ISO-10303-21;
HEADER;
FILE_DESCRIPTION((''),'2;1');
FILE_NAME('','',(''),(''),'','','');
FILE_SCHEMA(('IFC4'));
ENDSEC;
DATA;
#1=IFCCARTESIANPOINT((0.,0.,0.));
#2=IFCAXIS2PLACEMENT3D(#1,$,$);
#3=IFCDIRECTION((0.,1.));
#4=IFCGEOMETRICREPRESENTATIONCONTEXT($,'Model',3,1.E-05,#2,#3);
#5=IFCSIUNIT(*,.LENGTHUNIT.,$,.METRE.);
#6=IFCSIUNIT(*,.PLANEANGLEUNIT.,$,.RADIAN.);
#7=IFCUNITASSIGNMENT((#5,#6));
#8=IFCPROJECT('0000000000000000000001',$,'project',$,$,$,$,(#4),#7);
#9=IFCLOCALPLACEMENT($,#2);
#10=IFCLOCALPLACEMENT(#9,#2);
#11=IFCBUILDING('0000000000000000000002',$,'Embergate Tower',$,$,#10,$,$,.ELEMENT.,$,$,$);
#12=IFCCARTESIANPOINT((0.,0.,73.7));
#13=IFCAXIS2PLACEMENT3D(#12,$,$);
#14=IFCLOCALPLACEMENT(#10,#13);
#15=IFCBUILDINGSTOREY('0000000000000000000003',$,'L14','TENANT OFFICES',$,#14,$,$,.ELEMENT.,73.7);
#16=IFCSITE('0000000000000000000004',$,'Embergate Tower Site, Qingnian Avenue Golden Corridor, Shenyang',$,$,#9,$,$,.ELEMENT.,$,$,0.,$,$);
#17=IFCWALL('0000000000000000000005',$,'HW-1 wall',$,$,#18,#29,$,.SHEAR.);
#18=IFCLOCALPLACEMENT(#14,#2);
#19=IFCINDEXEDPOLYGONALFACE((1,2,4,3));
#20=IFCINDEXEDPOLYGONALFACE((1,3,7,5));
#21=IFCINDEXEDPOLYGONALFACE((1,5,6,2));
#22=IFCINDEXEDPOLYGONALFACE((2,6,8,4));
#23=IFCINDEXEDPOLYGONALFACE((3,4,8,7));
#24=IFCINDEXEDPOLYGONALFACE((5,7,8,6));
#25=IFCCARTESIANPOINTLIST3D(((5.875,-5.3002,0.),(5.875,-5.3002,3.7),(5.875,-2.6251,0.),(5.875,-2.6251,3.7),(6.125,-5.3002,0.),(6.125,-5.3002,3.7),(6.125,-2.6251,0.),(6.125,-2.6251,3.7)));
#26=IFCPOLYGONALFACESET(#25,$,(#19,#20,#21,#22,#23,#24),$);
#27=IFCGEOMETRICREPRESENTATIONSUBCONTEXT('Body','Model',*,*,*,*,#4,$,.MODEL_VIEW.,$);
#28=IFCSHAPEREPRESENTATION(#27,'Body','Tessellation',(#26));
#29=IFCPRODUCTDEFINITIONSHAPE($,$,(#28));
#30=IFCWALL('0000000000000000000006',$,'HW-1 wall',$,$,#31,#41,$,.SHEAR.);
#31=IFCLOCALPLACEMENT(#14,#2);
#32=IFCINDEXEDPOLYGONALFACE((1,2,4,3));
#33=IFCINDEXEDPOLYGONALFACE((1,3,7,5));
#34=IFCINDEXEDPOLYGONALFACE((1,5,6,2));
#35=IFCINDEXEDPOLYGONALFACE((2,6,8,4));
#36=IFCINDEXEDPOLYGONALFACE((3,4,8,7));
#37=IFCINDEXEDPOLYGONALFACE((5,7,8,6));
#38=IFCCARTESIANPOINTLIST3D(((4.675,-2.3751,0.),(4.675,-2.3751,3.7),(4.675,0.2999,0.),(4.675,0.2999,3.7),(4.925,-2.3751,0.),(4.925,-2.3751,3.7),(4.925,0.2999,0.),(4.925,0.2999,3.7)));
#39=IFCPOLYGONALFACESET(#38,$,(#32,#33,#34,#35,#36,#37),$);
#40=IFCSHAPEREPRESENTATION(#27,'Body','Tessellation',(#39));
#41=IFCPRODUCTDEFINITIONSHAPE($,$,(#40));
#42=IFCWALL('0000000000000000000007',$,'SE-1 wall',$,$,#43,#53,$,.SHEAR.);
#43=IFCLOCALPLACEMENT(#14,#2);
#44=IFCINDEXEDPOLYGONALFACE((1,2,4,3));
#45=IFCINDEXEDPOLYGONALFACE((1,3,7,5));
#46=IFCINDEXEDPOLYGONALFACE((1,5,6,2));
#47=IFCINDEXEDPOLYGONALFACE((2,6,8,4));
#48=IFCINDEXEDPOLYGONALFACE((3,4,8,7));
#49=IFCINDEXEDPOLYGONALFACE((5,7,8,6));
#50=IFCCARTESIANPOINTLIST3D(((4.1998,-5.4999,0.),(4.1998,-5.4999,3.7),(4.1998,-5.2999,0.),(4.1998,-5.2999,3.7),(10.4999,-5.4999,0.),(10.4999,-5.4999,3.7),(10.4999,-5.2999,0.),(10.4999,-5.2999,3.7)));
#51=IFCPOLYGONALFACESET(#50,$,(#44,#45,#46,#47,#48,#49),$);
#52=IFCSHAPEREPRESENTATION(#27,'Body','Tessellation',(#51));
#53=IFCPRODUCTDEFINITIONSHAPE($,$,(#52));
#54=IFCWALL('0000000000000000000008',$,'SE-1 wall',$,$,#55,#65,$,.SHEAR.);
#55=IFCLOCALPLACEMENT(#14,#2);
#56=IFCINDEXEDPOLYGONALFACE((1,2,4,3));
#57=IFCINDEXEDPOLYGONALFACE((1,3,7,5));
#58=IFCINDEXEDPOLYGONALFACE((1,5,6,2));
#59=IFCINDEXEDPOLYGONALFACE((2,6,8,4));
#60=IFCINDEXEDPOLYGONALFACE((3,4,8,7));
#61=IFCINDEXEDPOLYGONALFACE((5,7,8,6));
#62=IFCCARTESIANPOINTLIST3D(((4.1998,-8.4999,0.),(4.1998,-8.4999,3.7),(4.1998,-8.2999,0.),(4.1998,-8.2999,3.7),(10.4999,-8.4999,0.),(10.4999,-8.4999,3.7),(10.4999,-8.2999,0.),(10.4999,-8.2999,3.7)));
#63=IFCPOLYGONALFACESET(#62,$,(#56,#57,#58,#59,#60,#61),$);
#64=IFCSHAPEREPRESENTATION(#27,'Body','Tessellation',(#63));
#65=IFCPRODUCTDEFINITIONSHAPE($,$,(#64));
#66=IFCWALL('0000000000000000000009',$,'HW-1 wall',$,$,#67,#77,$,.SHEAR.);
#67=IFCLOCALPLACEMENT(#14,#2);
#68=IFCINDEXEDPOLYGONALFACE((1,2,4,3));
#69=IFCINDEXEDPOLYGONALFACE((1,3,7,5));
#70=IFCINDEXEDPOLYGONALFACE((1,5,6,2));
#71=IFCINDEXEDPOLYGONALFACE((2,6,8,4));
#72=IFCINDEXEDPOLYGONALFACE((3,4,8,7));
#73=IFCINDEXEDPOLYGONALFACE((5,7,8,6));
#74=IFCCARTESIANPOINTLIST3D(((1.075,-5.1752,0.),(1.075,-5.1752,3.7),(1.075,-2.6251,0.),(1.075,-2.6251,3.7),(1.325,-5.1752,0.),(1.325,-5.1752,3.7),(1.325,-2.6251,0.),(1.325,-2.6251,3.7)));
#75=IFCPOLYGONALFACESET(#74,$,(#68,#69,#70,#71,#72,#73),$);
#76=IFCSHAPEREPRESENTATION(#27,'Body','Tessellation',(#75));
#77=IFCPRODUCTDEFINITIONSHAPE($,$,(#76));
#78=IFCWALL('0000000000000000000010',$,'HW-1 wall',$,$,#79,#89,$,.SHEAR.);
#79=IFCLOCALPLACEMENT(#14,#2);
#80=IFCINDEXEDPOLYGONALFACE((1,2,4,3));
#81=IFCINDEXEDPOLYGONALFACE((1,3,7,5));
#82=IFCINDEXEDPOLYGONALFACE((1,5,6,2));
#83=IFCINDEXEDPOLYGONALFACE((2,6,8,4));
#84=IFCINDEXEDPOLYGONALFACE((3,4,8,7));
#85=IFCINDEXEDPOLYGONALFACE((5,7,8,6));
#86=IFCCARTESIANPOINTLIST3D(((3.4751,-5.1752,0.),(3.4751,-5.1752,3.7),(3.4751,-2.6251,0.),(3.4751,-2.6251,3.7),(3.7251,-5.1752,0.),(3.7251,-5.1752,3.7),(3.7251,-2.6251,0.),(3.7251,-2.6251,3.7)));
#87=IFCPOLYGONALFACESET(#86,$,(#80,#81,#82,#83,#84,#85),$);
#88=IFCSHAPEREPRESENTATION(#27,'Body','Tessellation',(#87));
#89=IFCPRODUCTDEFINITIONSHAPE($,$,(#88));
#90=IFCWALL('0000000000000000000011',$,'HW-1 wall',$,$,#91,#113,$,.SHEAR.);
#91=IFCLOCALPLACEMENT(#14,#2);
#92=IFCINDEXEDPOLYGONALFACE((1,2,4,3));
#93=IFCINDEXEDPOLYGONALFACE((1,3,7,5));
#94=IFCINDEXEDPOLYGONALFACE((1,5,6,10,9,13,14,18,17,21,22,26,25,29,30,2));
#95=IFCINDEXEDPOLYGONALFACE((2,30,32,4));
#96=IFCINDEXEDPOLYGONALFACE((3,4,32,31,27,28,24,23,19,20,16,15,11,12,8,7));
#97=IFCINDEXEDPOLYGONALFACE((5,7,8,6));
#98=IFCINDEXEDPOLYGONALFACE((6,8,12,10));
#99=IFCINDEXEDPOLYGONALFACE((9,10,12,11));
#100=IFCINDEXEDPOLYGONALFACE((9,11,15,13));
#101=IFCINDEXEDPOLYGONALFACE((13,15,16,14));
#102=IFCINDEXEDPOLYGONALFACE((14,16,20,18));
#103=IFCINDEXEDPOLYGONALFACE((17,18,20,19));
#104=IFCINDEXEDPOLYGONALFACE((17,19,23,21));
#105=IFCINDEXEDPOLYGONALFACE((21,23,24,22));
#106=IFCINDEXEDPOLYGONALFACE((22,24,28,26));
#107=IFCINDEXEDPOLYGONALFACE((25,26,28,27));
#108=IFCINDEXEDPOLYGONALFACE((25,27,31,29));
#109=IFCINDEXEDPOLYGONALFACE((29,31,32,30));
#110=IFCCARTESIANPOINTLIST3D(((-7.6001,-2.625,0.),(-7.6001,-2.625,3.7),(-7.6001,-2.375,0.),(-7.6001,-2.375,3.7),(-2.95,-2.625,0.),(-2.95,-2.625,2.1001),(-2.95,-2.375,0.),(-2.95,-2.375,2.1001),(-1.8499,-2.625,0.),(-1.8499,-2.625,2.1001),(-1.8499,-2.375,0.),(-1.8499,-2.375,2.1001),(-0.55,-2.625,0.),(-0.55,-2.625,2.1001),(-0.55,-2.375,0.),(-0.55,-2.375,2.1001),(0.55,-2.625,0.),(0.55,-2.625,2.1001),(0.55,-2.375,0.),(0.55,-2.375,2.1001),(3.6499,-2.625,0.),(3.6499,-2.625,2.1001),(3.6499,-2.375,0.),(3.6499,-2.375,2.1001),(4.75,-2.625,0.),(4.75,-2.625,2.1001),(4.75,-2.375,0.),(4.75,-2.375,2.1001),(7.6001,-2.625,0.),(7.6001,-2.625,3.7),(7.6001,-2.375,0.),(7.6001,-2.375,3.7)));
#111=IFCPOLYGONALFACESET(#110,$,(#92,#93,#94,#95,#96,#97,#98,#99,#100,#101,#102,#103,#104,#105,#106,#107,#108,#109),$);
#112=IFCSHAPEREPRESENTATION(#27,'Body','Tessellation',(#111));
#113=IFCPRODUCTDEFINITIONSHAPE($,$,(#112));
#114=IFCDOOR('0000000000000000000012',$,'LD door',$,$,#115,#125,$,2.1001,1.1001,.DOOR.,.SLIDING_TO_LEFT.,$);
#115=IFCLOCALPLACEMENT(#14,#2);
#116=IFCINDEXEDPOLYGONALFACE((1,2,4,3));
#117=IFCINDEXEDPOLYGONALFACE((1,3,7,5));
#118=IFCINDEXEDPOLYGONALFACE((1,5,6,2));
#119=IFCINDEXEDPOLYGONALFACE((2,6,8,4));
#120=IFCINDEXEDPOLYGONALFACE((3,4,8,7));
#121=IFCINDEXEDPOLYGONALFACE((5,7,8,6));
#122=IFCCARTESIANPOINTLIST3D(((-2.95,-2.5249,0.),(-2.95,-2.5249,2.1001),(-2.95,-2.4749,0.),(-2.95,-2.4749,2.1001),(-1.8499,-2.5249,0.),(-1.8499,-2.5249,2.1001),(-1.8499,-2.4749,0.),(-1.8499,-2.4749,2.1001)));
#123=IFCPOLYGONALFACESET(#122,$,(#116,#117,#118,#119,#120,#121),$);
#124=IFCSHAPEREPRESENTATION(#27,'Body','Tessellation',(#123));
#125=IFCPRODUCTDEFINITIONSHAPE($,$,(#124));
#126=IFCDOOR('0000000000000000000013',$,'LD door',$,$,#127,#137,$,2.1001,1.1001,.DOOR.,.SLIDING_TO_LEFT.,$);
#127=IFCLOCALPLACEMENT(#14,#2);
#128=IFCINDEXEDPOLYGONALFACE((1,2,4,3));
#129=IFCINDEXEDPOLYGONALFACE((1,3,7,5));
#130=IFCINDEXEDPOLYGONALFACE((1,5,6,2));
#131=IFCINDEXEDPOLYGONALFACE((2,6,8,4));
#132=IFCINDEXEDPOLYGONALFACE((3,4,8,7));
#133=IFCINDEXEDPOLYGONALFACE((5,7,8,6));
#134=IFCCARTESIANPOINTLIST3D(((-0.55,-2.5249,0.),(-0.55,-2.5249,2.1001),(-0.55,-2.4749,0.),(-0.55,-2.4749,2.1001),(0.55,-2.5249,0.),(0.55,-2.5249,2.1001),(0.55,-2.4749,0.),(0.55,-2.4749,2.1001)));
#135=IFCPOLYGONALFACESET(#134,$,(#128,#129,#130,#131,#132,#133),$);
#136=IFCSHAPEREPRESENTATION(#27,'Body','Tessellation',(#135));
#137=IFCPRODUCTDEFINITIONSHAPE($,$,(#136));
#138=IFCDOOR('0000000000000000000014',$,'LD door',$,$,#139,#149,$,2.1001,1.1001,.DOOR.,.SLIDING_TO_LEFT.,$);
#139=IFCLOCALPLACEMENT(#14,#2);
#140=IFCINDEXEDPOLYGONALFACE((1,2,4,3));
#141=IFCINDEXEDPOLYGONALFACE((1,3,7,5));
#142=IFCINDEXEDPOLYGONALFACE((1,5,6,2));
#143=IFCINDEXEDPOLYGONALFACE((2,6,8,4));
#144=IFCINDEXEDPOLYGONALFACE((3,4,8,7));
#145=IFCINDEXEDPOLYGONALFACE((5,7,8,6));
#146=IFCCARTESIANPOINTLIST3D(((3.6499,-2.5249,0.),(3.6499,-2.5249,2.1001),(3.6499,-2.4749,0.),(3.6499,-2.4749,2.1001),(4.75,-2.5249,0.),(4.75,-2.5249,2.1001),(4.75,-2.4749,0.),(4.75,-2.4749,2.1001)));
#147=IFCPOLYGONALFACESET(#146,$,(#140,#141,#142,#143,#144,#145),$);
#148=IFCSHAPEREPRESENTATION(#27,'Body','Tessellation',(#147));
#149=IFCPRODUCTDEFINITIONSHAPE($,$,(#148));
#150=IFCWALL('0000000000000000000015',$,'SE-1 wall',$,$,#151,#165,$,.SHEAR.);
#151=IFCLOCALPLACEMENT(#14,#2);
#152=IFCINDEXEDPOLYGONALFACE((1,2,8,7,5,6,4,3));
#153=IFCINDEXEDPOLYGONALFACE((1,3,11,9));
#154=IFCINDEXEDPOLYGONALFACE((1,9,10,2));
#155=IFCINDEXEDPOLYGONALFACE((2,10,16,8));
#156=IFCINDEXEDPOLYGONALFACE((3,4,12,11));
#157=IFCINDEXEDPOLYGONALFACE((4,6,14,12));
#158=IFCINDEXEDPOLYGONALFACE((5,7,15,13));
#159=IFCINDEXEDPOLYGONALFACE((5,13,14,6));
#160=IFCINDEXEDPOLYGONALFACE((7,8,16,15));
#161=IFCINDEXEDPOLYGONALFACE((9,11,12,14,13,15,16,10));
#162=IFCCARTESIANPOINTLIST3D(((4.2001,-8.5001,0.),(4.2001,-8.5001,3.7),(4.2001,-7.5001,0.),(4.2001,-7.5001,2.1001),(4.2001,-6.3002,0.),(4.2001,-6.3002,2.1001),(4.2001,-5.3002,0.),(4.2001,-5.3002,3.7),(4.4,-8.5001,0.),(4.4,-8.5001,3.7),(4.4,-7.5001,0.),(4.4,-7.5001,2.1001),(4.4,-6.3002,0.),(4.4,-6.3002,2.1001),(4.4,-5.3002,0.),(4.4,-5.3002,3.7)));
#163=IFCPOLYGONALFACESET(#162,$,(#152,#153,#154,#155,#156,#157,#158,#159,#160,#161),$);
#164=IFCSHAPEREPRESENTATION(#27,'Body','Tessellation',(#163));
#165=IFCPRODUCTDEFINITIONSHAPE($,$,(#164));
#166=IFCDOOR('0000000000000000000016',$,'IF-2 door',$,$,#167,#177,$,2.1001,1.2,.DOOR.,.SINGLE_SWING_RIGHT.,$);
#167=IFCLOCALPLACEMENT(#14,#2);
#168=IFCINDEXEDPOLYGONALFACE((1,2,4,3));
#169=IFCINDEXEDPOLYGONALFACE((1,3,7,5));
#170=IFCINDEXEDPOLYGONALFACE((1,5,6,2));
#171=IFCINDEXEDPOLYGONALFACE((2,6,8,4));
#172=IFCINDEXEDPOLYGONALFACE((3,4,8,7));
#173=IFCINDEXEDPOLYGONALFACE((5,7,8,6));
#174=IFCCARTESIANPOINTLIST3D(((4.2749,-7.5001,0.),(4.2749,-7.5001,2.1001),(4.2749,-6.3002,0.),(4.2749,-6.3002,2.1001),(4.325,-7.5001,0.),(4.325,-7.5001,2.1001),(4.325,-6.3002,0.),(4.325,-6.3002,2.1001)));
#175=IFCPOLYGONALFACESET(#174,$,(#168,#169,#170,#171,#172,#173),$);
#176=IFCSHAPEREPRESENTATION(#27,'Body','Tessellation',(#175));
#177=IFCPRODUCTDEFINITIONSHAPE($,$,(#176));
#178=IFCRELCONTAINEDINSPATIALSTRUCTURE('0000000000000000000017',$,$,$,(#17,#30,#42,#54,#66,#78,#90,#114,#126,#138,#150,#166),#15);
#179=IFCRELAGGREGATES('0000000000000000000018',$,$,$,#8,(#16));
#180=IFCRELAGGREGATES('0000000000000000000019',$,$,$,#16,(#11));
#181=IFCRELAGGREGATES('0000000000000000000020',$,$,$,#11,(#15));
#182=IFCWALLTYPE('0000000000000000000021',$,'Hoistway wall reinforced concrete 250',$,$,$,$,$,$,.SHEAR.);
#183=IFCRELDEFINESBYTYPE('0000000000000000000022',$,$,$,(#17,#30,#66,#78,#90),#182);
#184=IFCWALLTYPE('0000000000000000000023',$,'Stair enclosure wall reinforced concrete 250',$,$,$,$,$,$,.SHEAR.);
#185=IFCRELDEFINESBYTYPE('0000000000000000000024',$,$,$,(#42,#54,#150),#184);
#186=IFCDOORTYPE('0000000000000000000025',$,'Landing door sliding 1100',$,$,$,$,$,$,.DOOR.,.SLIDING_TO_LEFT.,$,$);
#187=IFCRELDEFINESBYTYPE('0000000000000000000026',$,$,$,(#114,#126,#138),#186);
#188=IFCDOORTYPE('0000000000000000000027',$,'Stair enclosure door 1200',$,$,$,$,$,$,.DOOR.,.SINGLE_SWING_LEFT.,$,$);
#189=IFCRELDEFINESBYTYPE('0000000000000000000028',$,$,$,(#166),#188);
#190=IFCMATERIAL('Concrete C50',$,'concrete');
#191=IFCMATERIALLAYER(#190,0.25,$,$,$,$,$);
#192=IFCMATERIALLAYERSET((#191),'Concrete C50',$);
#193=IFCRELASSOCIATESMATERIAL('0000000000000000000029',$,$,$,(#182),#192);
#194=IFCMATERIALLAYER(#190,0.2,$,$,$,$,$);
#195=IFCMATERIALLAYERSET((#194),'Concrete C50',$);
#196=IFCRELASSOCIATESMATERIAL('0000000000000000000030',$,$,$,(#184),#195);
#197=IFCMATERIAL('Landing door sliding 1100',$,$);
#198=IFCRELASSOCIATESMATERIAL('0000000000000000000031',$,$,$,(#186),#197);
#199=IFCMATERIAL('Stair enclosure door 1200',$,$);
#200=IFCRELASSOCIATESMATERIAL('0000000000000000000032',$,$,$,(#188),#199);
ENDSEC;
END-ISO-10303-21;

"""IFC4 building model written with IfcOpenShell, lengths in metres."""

from ifc_helpers import new_model, si_unit, direction, frame, frame_2d, origin, place, context, subcontext, project, spatial, rectangle, extrude, source, transform, mapped, material, layer, layer_set, type_object, element, fill, save


model = new_model("IFC4")

# Units and contexts
model_context = context("Model", 3, precision=1e-05, world=origin(), true_north=direction((0.0, 1.0)))
body_context = subcontext(model_context, "Body", "Model", "MODEL_VIEW")
ifc_project = project(units=[si_unit("LENGTHUNIT", "METRE"), si_unit("PLANEANGLEUNIT", "RADIAN")], contexts=[model_context])

# Site, building, storey
site_placement = place(None, origin())
site = spatial("IfcSite", under=ifc_project, at=site_placement, Name="Embergate Tower Site, Qingnian Avenue Golden Corridor, Shenyang", CompositionType="ELEMENT", RefElevation=0.0)
building_placement = place(site_placement, origin())
building = spatial("IfcBuilding", under=site, at=building_placement, Name="Embergate Tower", CompositionType="ELEMENT")
storey_placement = place(building_placement, frame((0.0, 0.0, 73.7)))
storey = spatial("IfcBuildingStorey", under=building, at=storey_placement, Name="L14", Description="TENANT OFFICES", CompositionType="ELEMENT", Elevation=73.7)

# Walls
ifc_material_1 = material(Name="Concrete C50", Category="concrete")
ifc_layer_1 = layer(ifc_material_1, 0.25)
ifc_layer_set_1 = layer_set([ifc_layer_1], Name="Concrete C50")
wall_type_1 = type_object("IfcWallType", Name="Hoistway wall reinforced concrete 250", PredefinedType="SHEAR", material=ifc_layer_set_1)
shared_shape_1 = source(origin(), body_context, "Body", "SweptSolid", [
    extrude(rectangle(XDim=2.675, YDim=0.25, at=frame_2d((1.3374, 0.0))), origin(), (0.0, 0.0, 1.0), 3.7),
])
for number, where, z_axis, x_axis, name in (
    (1, (6.0, -5.3, 0.0), (0.0, 0.0, 1.0), (0.0, 1.0, 0.0), "HW-1 wall"),
    (2, (4.8, -2.375, 0.0), (0.0, 0.0, 1.0), (0.0, 1.0, 0.0), "HW-1 wall"),
):
    element("IfcWall", number, at=place(storey_placement, frame(where, z_axis=z_axis, x_axis=x_axis)), inside=storey, type_object=wall_type_1, Name=name, PredefinedType="SHEAR", context=body_context, shape_type="MappedRepresentation", body=[
        mapped(shared_shape_1, transform((0.0, 0.0, 0.0))),
    ])
ifc_layer_2 = layer(ifc_material_1, 0.2)
ifc_layer_set_2 = layer_set([ifc_layer_2], Name="Concrete C50")
wall_type_2 = type_object("IfcWallType", Name="Stair enclosure wall reinforced concrete 250", PredefinedType="SHEAR", material=ifc_layer_set_2)
shared_shape_2 = source(origin(), body_context, "Body", "SweptSolid", [
    extrude(rectangle(XDim=6.3, YDim=0.2, at=frame_2d((3.1499, 0.0))), origin(), (0.0, 0.0, 1.0), 3.7),
])
for number, where, z_axis, x_axis, name in (
    (3, (4.2, -5.3999, 0.0), (0.0, 0.0, 1.0), (1.0, 0.0, 0.0), "SE-1 wall"),
    (4, (4.2, -8.3999, 0.0), (0.0, 0.0, 1.0), (1.0, 0.0, 0.0), "SE-1 wall"),
):
    element("IfcWall", number, at=place(storey_placement, frame(where, z_axis=z_axis, x_axis=x_axis)), inside=storey, type_object=wall_type_2, Name=name, PredefinedType="SHEAR", context=body_context, shape_type="MappedRepresentation", body=[
        mapped(shared_shape_2, transform((0.0, 0.0, 0.0))),
    ])
shared_shape_3 = source(origin(), body_context, "Body", "SweptSolid", [
    extrude(rectangle(XDim=2.55, YDim=0.25, at=frame_2d((1.2749, 0.0))), origin(), (0.0, 0.0, 1.0), 3.7),
])
for number, where, z_axis, x_axis, name in (
    (5, (1.2, -5.175, 0.0), (0.0, 0.0, 1.0), (0.0, 1.0, 0.0), "HW-1 wall"),
    (6, (3.6001, -5.175, 0.0), (0.0, 0.0, 1.0), (0.0, 1.0, 0.0), "HW-1 wall"),
):
    element("IfcWall", number, at=place(storey_placement, frame(where, z_axis=z_axis, x_axis=x_axis)), inside=storey, type_object=wall_type_1, Name=name, PredefinedType="SHEAR", context=body_context, shape_type="MappedRepresentation", body=[
        mapped(shared_shape_3, transform((0.0, 0.0, 0.0))),
    ])

# Wall, openings, doors
shared_shape_4 = source(origin(), body_context, "Body", "SweptSolid", [
    extrude(rectangle(XDim=15.2002, YDim=0.25, at=frame_2d((7.6001, 0.0))), origin(), (0.0, 0.0, 1.0), 3.7),
])
wall_1_placement = place(storey_placement, frame((7.6001, -2.5, 0.0), z_axis=(0.0, 0.0, 1.0), x_axis=(-1.0, 0.0, 0.0)))
wall_1 = element("IfcWall", 7, at=wall_1_placement, inside=storey, type_object=wall_type_1, Name="HW-1 wall", PredefinedType="SHEAR", context=body_context, shape_type="MappedRepresentation", body=[
    mapped(shared_shape_4, transform((0.0, 0.0, 0.0))),
])
shared_shape_5 = source(origin(), body_context, "Body", "SweptSolid", [
    extrude(rectangle(XDim=1.1001, YDim=2.1001, at=frame_2d((0.55, 1.05))), frame((0.0, 0.135, 0.0), z_axis=(0.0, -1.0, 0.0), x_axis=(1.0, 0.0, 0.0)), (0.0, 0.0, 1.0), 0.27),
])
opening_1_placement = place(wall_1_placement, frame((9.45, 0.0, 0.0)))
opening_1 = element("IfcOpeningElement", 8, at=opening_1_placement, cuts=wall_1, PredefinedType="OPENING", context=body_context, shape_type="MappedRepresentation", body=[
    mapped(shared_shape_5, transform((0.0, 0.0, 0.0))),
])
opening_2_placement = place(wall_1_placement, frame((7.05, 0.0, 0.0)))
opening_2 = element("IfcOpeningElement", 9, at=opening_2_placement, cuts=wall_1, PredefinedType="OPENING", context=body_context, shape_type="MappedRepresentation", body=[
    mapped(shared_shape_5, transform((0.0, 0.0, 0.0))),
])
opening_3_placement = place(wall_1_placement, frame((2.8501, 0.0, 0.0)))
opening_3 = element("IfcOpeningElement", 10, at=opening_3_placement, cuts=wall_1, PredefinedType="OPENING", context=body_context, shape_type="MappedRepresentation", body=[
    mapped(shared_shape_5, transform((0.0, 0.0, 0.0))),
])
ifc_material_2 = material(Name="Landing door sliding 1100")
door_type_1 = type_object("IfcDoorType", Name="Landing door sliding 1100", OperationType="SLIDING_TO_LEFT", PredefinedType="DOOR", material=ifc_material_2)
shared_shape_6 = source(origin(), body_context, "Body", "SweptSolid", [
    extrude(rectangle(XDim=1.1001, YDim=2.1001, at=frame_2d((0.55, 1.05))), frame((0.0, 0.0249, 0.0), z_axis=(0.0, -1.0, 0.0), x_axis=(1.0, 0.0, 0.0)), (0.0, 0.0, 1.0), 0.05),
])
door_1_placement = place(opening_1_placement, origin())
door_1 = element("IfcDoor", 11, at=door_1_placement, inside=storey, type_object=door_type_1, Name="LD door", OperationType="SLIDING_TO_LEFT", OverallHeight=2.1001, OverallWidth=1.1001, PredefinedType="DOOR", context=body_context, shape_type="MappedRepresentation", body=[
    mapped(shared_shape_6, transform((0.0, 0.0, 0.0))),
])
fill(opening_1, door_1)
door_2_placement = place(opening_2_placement, origin())
door_2 = element("IfcDoor", 12, at=door_2_placement, inside=storey, type_object=door_type_1, Name="LD door", OperationType="SLIDING_TO_LEFT", OverallHeight=2.1001, OverallWidth=1.1001, PredefinedType="DOOR", context=body_context, shape_type="MappedRepresentation", body=[
    mapped(shared_shape_6, transform((0.0, 0.0, 0.0))),
])
fill(opening_2, door_2)
door_3_placement = place(opening_3_placement, origin())
door_3 = element("IfcDoor", 13, at=door_3_placement, inside=storey, type_object=door_type_1, Name="LD door", OperationType="SLIDING_TO_LEFT", OverallHeight=2.1001, OverallWidth=1.1001, PredefinedType="DOOR", context=body_context, shape_type="MappedRepresentation", body=[
    mapped(shared_shape_6, transform((0.0, 0.0, 0.0))),
])
fill(opening_3, door_3)

# Wall, opening, door
shared_shape_7 = source(origin(), body_context, "Body", "SweptSolid", [
    extrude(rectangle(XDim=3.2, YDim=0.2, at=frame_2d((1.6001, 0.0))), origin(), (0.0, 0.0, 1.0), 3.7),
])
wall_2_placement = place(storey_placement, frame((4.3, -5.3, 0.0), z_axis=(0.0, 0.0, 1.0), x_axis=(0.0, -1.0, 0.0)))
wall_2 = element("IfcWall", 14, at=wall_2_placement, inside=storey, type_object=wall_type_2, Name="SE-1 wall", PredefinedType="SHEAR", context=body_context, shape_type="MappedRepresentation", body=[
    mapped(shared_shape_7, transform((0.0, 0.0, 0.0))),
])
shared_shape_8 = source(origin(), body_context, "Body", "SweptSolid", [
    extrude(rectangle(XDim=1.2, YDim=2.1001, at=frame_2d((0.6001, 1.05))), frame((0.0, 0.1099, 0.0), z_axis=(0.0, -1.0, 0.0), x_axis=(1.0, 0.0, 0.0)), (0.0, 0.0, 1.0), 0.22),
])
opening_4_placement = place(wall_2_placement, frame((1.0, 0.0, 0.0)))
opening_4 = element("IfcOpeningElement", 15, at=opening_4_placement, cuts=wall_2, PredefinedType="OPENING", context=body_context, shape_type="MappedRepresentation", body=[
    mapped(shared_shape_8, transform((0.0, 0.0, 0.0))),
])
ifc_material_3 = material(Name="Stair enclosure door 1200")
door_type_2 = type_object("IfcDoorType", Name="Stair enclosure door 1200", OperationType="SINGLE_SWING_LEFT", PredefinedType="DOOR", material=ifc_material_3)
shared_shape_9 = source(origin(), body_context, "Body", "SweptSolid", [
    extrude(rectangle(XDim=1.2, YDim=2.1001, at=frame_2d((0.6001, 1.05))), frame((0.0, 0.0249, 0.0), z_axis=(0.0, -1.0, 0.0), x_axis=(1.0, 0.0, 0.0)), (0.0, 0.0, 1.0), 0.05),
])
door_4_placement = place(opening_4_placement, origin())
door_4 = element("IfcDoor", 16, at=door_4_placement, inside=storey, type_object=door_type_2, Name="IF-2 door", OperationType="SINGLE_SWING_RIGHT", OverallHeight=2.1001, OverallWidth=1.2, PredefinedType="DOOR", context=body_context, shape_type="MappedRepresentation", body=[
    mapped(shared_shape_9, transform((0.0, 0.0, 0.0))),
])
fill(opening_4, door_4)

save(model, "model.ifc")
